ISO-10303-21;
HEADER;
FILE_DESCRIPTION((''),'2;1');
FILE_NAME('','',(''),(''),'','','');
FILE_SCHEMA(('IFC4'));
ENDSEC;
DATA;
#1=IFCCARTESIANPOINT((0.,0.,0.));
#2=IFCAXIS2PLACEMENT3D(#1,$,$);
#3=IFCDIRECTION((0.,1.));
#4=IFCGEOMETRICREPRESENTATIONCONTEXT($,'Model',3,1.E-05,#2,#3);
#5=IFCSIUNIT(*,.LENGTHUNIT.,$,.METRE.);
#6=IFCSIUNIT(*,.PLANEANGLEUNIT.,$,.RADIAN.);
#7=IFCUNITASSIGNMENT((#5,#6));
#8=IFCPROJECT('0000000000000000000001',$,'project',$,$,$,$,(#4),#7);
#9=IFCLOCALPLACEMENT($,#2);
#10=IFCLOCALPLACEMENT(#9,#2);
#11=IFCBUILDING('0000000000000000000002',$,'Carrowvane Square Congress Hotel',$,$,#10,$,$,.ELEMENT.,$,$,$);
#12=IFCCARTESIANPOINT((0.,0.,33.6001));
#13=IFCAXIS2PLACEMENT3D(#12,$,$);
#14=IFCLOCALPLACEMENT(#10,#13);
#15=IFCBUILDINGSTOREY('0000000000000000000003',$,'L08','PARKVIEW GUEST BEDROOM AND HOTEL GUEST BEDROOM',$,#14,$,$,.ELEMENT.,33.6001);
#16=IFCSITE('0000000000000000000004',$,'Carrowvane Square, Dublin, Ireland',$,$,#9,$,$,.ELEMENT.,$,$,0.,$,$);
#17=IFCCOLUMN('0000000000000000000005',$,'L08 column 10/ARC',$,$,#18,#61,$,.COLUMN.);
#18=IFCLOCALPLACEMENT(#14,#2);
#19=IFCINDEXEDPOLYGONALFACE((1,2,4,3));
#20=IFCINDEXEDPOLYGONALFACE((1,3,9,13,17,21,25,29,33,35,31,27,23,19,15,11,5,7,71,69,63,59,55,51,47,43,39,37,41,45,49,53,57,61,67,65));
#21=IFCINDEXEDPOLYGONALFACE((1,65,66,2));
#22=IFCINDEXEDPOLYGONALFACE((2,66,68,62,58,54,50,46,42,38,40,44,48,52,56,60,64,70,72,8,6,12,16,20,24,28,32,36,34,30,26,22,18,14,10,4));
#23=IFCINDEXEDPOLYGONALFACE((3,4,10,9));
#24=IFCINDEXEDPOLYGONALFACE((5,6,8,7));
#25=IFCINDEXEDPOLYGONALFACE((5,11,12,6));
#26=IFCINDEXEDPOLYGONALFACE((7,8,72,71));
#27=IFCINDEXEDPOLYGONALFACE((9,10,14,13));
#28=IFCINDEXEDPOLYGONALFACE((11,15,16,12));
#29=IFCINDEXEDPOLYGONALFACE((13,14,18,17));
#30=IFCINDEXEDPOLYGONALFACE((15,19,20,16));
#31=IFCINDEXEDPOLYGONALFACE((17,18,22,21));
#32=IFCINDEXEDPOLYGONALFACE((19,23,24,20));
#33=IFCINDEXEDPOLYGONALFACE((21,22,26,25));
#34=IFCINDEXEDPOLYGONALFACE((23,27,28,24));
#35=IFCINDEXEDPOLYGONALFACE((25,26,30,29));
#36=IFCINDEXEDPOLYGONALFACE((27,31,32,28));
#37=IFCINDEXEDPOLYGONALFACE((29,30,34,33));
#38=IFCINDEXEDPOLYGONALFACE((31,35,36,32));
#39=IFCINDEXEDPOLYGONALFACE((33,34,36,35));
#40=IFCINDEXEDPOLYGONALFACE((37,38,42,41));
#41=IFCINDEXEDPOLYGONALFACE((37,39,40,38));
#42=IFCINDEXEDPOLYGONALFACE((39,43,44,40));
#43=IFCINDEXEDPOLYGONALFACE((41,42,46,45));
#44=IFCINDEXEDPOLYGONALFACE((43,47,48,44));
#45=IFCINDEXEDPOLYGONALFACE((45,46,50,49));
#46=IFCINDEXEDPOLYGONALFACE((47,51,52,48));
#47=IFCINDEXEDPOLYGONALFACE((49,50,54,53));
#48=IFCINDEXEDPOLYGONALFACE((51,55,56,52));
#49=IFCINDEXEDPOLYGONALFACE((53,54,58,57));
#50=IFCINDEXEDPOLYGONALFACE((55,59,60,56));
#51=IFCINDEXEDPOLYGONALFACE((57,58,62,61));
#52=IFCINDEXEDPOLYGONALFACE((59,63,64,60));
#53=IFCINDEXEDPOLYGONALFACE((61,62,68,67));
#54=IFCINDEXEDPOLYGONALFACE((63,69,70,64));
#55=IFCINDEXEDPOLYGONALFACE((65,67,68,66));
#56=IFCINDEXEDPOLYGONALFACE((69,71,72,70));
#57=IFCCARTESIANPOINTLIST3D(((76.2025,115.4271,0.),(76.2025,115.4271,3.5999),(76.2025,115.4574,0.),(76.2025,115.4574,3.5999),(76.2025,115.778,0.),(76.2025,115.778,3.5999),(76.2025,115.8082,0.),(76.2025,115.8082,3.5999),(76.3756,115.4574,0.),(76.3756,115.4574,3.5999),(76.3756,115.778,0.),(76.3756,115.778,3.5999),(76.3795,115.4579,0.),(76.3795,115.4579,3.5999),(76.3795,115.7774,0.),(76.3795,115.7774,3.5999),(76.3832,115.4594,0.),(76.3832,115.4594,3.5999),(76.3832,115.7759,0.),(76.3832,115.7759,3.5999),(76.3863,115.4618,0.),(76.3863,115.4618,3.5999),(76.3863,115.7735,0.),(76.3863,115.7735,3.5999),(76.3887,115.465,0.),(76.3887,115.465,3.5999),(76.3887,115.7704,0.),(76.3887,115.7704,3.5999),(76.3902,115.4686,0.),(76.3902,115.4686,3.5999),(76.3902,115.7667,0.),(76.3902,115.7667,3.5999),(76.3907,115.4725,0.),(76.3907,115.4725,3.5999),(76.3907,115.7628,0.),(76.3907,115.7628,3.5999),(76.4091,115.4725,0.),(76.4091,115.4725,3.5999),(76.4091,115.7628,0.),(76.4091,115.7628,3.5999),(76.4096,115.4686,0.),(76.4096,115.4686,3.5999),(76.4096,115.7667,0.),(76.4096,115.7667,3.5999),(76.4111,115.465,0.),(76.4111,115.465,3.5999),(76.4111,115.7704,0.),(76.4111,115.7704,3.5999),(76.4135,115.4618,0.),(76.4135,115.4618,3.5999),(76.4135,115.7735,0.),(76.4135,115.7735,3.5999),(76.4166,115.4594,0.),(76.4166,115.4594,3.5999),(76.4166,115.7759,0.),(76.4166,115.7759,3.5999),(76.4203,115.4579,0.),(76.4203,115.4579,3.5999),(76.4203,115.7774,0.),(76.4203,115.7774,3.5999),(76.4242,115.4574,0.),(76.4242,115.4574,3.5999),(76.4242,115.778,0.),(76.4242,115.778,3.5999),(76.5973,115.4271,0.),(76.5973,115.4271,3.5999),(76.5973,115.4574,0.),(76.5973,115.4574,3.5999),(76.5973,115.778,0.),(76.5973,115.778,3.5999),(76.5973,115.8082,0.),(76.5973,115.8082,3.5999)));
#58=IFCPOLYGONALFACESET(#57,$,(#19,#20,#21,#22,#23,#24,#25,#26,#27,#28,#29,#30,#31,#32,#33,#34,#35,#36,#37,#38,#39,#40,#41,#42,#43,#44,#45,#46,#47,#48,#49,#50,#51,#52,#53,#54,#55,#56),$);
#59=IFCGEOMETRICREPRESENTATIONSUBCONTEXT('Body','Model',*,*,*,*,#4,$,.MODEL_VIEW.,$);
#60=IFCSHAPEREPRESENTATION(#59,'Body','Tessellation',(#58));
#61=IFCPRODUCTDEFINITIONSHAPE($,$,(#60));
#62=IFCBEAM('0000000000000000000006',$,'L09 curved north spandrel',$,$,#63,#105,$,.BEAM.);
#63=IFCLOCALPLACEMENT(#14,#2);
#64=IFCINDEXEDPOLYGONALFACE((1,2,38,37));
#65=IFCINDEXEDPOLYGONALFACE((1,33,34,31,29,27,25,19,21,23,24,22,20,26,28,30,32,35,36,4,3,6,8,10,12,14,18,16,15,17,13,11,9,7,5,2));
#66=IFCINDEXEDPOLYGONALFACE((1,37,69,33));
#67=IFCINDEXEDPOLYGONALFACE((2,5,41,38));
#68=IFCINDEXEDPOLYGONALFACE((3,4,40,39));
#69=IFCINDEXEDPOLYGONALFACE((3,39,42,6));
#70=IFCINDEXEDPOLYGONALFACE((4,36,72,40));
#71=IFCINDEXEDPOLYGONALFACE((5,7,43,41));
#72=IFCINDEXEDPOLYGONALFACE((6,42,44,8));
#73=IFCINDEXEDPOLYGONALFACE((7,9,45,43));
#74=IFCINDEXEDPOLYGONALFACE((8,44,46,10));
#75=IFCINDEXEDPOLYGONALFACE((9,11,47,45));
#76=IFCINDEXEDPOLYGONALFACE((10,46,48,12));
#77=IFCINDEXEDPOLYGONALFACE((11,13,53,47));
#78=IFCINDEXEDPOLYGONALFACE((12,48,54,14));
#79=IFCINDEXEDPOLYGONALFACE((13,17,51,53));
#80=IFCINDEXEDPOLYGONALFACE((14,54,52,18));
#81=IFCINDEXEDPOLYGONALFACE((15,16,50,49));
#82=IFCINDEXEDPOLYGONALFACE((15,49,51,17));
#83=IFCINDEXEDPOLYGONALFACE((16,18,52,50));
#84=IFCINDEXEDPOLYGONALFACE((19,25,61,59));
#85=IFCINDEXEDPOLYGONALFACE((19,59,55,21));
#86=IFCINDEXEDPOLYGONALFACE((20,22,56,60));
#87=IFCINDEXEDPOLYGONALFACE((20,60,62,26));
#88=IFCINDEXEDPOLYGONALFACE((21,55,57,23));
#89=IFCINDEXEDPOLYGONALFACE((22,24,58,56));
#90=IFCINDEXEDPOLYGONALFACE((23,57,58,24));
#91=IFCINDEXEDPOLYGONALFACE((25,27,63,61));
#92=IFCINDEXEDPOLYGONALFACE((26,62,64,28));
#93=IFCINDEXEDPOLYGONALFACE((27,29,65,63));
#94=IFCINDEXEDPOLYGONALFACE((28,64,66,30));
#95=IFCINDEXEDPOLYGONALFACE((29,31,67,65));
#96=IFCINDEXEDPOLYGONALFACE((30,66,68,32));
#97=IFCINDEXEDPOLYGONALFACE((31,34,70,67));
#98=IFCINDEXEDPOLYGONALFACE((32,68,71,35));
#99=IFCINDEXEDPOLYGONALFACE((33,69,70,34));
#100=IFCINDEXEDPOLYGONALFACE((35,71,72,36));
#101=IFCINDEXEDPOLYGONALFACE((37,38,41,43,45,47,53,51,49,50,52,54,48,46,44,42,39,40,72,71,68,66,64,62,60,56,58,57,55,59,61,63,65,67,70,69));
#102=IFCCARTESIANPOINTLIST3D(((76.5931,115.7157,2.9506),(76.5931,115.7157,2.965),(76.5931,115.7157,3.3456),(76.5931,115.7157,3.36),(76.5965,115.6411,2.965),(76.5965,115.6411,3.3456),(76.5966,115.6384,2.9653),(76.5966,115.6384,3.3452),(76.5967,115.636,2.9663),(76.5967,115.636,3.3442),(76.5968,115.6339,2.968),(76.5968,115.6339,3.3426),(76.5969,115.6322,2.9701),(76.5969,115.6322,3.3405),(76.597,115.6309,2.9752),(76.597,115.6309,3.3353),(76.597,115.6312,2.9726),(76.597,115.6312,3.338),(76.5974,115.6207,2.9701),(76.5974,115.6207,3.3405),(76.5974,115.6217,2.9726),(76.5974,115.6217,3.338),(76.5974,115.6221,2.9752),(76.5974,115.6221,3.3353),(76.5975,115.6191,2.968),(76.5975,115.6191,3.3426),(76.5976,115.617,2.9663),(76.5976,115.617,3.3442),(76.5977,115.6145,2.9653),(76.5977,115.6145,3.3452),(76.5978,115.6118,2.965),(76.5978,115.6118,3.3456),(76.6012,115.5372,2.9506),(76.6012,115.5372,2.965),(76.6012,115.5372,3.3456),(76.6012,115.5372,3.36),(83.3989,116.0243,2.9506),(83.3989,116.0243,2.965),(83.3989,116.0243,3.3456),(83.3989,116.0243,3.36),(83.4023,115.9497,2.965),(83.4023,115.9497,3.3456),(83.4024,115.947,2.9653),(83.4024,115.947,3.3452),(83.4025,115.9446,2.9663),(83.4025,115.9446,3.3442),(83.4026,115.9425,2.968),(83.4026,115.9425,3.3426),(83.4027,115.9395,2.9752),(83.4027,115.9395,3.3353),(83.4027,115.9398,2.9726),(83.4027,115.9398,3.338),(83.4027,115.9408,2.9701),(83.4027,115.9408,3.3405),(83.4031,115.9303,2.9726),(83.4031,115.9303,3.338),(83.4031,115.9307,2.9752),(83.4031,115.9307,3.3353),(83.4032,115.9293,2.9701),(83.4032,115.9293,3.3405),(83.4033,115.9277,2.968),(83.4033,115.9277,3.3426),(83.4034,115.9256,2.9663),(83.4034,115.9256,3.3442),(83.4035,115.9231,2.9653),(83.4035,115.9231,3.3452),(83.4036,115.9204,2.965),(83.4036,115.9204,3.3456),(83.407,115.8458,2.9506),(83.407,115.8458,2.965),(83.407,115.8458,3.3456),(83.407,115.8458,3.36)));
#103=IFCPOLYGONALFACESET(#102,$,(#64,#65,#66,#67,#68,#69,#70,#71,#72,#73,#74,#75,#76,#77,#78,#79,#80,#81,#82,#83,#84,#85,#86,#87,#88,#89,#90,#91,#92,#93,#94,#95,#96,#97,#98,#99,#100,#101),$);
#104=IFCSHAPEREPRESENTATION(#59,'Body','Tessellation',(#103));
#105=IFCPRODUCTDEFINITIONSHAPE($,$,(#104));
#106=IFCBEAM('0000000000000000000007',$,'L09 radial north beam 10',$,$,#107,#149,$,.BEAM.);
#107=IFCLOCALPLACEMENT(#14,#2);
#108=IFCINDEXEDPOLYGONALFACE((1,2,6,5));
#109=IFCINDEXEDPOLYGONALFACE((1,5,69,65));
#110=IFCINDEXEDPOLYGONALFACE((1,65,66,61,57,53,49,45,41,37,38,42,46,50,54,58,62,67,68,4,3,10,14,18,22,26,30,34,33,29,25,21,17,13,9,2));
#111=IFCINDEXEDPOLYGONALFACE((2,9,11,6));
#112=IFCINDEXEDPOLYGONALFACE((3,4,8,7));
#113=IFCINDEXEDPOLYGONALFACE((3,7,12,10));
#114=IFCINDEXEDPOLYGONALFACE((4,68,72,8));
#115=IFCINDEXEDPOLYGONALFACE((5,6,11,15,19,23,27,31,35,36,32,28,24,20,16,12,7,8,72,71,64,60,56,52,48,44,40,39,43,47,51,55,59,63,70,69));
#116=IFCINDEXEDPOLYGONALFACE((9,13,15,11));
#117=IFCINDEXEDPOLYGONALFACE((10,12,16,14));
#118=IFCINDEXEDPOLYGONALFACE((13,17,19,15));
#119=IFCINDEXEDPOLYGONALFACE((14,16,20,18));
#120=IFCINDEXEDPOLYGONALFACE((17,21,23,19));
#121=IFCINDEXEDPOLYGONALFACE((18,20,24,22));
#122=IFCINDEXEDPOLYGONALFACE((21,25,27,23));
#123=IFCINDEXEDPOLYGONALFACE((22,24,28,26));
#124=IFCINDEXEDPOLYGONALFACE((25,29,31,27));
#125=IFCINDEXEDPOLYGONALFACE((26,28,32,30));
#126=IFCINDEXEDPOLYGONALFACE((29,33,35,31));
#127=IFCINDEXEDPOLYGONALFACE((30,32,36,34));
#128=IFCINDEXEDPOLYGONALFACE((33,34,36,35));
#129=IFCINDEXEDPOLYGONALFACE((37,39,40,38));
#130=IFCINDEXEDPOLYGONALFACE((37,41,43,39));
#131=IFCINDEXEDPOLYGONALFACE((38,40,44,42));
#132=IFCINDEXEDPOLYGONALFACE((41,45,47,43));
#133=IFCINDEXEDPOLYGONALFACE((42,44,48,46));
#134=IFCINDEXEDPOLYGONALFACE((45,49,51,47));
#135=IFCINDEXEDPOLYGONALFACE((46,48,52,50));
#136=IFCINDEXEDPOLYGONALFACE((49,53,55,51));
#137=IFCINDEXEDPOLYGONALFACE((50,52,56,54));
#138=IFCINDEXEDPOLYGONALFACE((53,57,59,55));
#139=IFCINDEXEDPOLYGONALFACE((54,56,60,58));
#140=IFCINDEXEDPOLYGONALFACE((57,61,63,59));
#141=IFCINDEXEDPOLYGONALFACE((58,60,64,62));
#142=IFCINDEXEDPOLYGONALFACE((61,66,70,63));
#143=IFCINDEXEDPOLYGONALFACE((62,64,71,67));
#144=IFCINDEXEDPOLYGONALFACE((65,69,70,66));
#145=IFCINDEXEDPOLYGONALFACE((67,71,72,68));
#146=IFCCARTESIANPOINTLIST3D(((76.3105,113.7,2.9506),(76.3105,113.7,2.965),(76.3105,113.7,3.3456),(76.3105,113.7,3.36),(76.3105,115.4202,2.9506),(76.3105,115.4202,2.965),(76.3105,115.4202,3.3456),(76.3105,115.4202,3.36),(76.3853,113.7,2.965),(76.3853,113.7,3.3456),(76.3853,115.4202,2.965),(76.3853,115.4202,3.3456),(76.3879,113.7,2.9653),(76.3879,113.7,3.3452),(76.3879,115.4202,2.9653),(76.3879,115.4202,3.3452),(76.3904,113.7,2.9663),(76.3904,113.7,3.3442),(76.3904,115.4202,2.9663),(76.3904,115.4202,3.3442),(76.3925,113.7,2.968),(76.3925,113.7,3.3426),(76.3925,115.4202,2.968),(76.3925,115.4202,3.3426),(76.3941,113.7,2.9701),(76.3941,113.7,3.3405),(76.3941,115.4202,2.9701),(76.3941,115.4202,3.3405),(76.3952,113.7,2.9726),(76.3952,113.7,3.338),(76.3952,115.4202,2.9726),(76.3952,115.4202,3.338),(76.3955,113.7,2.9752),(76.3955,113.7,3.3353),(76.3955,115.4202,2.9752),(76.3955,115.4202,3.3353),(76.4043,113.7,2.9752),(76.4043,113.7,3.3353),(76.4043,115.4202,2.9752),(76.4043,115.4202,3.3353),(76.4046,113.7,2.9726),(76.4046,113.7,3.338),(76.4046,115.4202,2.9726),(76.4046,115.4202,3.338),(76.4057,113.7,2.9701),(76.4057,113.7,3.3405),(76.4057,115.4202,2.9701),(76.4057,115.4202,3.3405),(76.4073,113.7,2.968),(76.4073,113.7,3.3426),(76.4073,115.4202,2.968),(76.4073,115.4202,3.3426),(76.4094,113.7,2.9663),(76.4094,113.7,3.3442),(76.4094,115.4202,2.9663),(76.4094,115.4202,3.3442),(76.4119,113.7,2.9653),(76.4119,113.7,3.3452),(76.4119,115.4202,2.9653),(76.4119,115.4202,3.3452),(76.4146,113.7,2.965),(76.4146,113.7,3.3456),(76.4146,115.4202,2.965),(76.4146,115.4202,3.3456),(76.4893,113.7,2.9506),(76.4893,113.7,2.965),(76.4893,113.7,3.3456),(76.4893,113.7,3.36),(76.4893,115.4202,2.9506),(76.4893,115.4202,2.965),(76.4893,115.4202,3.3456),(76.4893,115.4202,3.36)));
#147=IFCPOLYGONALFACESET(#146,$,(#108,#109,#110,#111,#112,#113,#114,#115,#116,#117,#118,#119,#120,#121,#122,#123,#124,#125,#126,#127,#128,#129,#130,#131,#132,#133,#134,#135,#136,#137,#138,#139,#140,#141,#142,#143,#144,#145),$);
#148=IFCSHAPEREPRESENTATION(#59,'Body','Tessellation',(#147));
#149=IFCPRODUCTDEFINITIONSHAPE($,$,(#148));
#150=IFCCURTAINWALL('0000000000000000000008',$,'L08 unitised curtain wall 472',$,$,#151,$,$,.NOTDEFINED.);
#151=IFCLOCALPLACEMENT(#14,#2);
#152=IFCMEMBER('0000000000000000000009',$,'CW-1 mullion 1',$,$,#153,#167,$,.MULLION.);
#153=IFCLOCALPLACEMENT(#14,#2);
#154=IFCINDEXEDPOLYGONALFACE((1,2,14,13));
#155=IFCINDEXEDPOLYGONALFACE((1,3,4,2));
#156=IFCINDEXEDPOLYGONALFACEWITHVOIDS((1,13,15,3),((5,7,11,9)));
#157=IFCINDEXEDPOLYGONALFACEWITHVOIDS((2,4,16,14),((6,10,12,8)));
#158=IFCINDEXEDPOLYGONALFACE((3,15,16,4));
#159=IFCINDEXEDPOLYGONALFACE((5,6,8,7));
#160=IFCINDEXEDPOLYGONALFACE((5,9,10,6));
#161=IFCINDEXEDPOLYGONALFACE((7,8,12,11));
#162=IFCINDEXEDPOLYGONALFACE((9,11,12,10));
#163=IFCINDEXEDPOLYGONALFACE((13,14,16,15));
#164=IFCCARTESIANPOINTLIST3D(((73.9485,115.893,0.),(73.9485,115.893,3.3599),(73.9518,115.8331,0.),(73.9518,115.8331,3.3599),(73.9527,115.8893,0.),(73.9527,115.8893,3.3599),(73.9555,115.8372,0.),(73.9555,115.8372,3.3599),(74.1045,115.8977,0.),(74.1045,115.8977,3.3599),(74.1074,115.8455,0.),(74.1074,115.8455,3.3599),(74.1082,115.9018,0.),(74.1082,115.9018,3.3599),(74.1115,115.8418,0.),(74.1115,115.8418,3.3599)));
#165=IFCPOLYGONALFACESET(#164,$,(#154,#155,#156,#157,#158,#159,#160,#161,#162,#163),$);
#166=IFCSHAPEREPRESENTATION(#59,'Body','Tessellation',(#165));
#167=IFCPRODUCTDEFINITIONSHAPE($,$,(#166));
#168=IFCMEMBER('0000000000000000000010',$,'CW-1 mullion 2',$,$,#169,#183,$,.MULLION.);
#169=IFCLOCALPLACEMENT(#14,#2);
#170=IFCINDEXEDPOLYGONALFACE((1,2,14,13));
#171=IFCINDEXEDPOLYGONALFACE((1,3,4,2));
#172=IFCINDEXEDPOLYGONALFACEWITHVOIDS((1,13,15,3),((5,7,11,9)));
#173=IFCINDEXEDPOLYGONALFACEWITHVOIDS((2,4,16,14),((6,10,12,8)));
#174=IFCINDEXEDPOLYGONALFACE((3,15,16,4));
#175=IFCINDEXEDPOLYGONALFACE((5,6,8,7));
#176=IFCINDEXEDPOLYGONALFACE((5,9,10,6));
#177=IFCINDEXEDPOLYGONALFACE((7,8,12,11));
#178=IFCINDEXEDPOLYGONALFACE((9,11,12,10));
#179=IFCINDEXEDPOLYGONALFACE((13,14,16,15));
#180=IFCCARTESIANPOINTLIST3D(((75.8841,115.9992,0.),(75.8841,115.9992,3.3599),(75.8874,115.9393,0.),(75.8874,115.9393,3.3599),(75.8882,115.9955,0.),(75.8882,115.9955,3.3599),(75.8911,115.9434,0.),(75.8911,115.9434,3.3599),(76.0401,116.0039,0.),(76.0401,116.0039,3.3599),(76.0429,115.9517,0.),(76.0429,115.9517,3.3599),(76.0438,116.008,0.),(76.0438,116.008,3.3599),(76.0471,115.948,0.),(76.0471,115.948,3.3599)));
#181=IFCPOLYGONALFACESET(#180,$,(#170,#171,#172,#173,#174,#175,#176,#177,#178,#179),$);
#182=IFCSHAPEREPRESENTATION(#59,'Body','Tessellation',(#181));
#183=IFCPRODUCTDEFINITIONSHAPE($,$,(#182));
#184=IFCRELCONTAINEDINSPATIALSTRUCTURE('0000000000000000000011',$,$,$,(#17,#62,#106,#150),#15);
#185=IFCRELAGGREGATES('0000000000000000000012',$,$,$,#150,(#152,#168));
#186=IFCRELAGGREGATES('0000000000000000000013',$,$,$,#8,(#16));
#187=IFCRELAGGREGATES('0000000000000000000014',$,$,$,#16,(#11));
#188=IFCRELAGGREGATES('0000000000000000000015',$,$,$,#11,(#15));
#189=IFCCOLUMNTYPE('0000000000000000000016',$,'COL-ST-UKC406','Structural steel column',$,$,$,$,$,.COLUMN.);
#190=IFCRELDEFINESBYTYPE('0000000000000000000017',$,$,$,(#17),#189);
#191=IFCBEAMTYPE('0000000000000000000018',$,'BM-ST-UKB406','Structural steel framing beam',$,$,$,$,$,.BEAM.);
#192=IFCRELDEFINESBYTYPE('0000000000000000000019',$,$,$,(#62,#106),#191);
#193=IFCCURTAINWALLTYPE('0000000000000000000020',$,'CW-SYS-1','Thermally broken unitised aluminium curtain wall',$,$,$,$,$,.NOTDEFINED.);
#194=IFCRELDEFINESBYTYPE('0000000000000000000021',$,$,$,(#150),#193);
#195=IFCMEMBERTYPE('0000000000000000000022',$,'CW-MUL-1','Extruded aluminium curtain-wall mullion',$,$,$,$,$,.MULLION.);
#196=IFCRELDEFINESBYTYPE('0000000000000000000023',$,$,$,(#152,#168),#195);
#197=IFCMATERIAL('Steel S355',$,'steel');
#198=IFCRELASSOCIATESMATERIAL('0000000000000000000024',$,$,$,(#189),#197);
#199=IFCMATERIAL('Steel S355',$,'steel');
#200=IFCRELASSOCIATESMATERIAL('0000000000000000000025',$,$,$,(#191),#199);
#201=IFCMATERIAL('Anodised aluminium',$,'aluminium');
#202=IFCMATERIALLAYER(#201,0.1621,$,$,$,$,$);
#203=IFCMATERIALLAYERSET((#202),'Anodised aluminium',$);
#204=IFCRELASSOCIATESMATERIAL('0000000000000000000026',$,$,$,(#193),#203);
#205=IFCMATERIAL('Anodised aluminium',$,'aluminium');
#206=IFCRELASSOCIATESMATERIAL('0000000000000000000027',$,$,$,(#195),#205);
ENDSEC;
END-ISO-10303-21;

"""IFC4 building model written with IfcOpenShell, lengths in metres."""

from ifc_helpers import new_model, si_unit, direction, frame, origin, origin_2d, place, context, subcontext, project, spatial, hollow_rectangle, i_section, extrude, material, layer, layer_set, material_profile, profile_set, type_object, element, aggregate, save


model = new_model("IFC4")

# Units and contexts
model_context = context("Model", 3, precision=1e-05, world=origin(), true_north=direction((0.0, 1.0)))
body_context = subcontext(model_context, "Body", "Model", "MODEL_VIEW")
ifc_project = project(units=[si_unit("LENGTHUNIT", "METRE"), si_unit("PLANEANGLEUNIT", "RADIAN")], contexts=[model_context])

# Site, building, storey
site_placement = place(None, origin())
site = spatial("IfcSite", under=ifc_project, at=site_placement, Name="Carrowvane Square, Dublin, Ireland", CompositionType="ELEMENT", RefElevation=0.0)
building_placement = place(site_placement, origin())
building = spatial("IfcBuilding", under=site, at=building_placement, Name="Carrowvane Square Congress Hotel", CompositionType="ELEMENT")
storey_placement = place(building_placement, frame((0.0, 0.0, 33.6001)))
storey = spatial("IfcBuildingStorey", under=building, at=storey_placement, Name="L08", Description="PARKVIEW GUEST BEDROOM AND HOTEL GUEST BEDROOM", CompositionType="ELEMENT", Elevation=33.6001)

# Column
ifc_material_1 = material(Name="Steel S355", Category="steel")
ifc_material_profile_1 = material_profile(ifc_material_1, i_section(OverallWidth=0.3948, OverallDepth=0.3811, WebThickness=0.0183, FlangeThickness=0.0303, FilletRadius=0.0151, at=origin_2d()), Name="UKC 356x406x235")
ifc_profile_set_1 = profile_set([ifc_material_profile_1], Name="Steel S355")
column_type = type_object("IfcColumnType", Name="COL-ST-UKC406", Description="Structural steel column", PredefinedType="COLUMN", material=ifc_profile_set_1)
column_placement = place(storey_placement, frame((76.3999, 115.6177, 0.0), z_axis=(0.0, 0.0, 1.0), x_axis=(1.0, 0.0, 0.0)))
element("IfcColumn", 1, at=column_placement, inside=storey, type_object=column_type, Name="L08 column 10/ARC", PredefinedType="COLUMN", context=body_context, shape_type="SweptSolid", body=[
    extrude(i_section(OverallWidth=0.3948, OverallDepth=0.3811, WebThickness=0.0183, FlangeThickness=0.0303, FilletRadius=0.0151, at=origin_2d()), origin(), (0.0, 0.0, 1.0), 3.5999),
])

# Beams
ifc_material_2 = material(Name="Steel S355", Category="steel")
ifc_material_profile_2 = material_profile(ifc_material_2, i_section(OverallWidth=0.1787, OverallDepth=0.4094, WebThickness=0.0088, FlangeThickness=0.0144, FilletRadius=0.0103, at=origin_2d()), Name="UKB 406x178x67")
ifc_profile_set_2 = profile_set([ifc_material_profile_2], Name="Steel S355")
beam_type = type_object("IfcBeamType", Name="BM-ST-UKB406", Description="Structural steel framing beam", PredefinedType="BEAM", material=ifc_profile_set_2)
beam_1_placement = place(storey_placement, frame((76.5972, 115.6265, 3.1553), z_axis=(0.998974, 0.045297, 0.0), x_axis=(-0.045297, 0.998974, 0.0)))
element("IfcBeam", 2, at=beam_1_placement, inside=storey, type_object=beam_type, Name="L09 curved north spandrel", PredefinedType="BEAM", context=body_context, shape_type="SweptSolid", body=[
    extrude(i_section(OverallWidth=0.1787, OverallDepth=0.4094, WebThickness=0.0088, FlangeThickness=0.0144, FilletRadius=0.0103, at=origin_2d()), origin(), (0.0, 0.0, 1.0), 6.8127),
])
beam_2_placement = place(storey_placement, frame((76.3999, 113.7, 3.1553), z_axis=(0.0, 1.0, 0.0), x_axis=(-1.0, 0.0, 0.0)))
element("IfcBeam", 3, at=beam_2_placement, inside=storey, type_object=beam_type, Name="L09 radial north beam 10", PredefinedType="BEAM", context=body_context, shape_type="SweptSolid", body=[
    extrude(i_section(OverallWidth=0.1787, OverallDepth=0.4094, WebThickness=0.0088, FlangeThickness=0.0144, FilletRadius=0.0103, at=origin_2d()), origin(), (0.0, 0.0, 1.0), 1.7202),
])

# Curtain wall, members
ifc_material_3 = material(Name="Anodised aluminium", Category="aluminium")
ifc_layer_1 = layer(ifc_material_3, 0.1621)
ifc_layer_set_1 = layer_set([ifc_layer_1], Name="Anodised aluminium")
curtain_wall_type_1 = type_object("IfcCurtainWallType", Name="CW-SYS-1", Description="Thermally broken unitised aluminium curtain wall", PredefinedType="NOTDEFINED", material=ifc_layer_set_1)
curtain_wall_1_placement = place(storey_placement, origin())
curtain_wall_1 = element("IfcCurtainWall", 4, at=curtain_wall_1_placement, inside=storey, type_object=curtain_wall_type_1, Name="L08 unitised curtain wall 472", PredefinedType="NOTDEFINED")
ifc_material_4 = material(Name="Anodised aluminium", Category="aluminium")
ifc_material_profile_3 = material_profile(ifc_material_4, hollow_rectangle(XDim=0.0601, YDim=0.1599, WallThickness=0.0039, at=origin_2d()), Name="CW-ML 60x160x4")
ifc_profile_set_3 = profile_set([ifc_material_profile_3], Name="Anodised aluminium")
member_type_1 = type_object("IfcMemberType", Name="CW-MUL-1", Description="Extruded aluminium curtain-wall mullion", PredefinedType="MULLION", material=ifc_profile_set_3)
member_1_placement = place(storey_placement, frame((74.03, 115.8674, 0.0), z_axis=(0.0, 0.0, 1.0), x_axis=(-0.054816, 0.998496, 0.0)))
member_1 = element("IfcMember", 5, at=member_1_placement, type_object=member_type_1, Name="CW-1 mullion 1", PredefinedType="MULLION", context=body_context, shape_type="SweptSolid", body=[
    extrude(hollow_rectangle(XDim=0.0601, YDim=0.1599, WallThickness=0.0039, at=origin_2d()), origin(), (0.0, 0.0, 1.0), 3.3599),
])
member_2_placement = place(storey_placement, frame((75.9656, 115.9736, 0.0), z_axis=(0.0, 0.0, 1.0), x_axis=(-0.054816, 0.998496, 0.0)))
member_2 = element("IfcMember", 6, at=member_2_placement, type_object=member_type_1, Name="CW-1 mullion 2", PredefinedType="MULLION", context=body_context, shape_type="SweptSolid", body=[
    extrude(hollow_rectangle(XDim=0.0601, YDim=0.1599, WallThickness=0.0039, at=origin_2d()), origin(), (0.0, 0.0, 1.0), 3.3599),
])

aggregate(curtain_wall_1, [member_1, member_2])

save(model, "model.ifc")
